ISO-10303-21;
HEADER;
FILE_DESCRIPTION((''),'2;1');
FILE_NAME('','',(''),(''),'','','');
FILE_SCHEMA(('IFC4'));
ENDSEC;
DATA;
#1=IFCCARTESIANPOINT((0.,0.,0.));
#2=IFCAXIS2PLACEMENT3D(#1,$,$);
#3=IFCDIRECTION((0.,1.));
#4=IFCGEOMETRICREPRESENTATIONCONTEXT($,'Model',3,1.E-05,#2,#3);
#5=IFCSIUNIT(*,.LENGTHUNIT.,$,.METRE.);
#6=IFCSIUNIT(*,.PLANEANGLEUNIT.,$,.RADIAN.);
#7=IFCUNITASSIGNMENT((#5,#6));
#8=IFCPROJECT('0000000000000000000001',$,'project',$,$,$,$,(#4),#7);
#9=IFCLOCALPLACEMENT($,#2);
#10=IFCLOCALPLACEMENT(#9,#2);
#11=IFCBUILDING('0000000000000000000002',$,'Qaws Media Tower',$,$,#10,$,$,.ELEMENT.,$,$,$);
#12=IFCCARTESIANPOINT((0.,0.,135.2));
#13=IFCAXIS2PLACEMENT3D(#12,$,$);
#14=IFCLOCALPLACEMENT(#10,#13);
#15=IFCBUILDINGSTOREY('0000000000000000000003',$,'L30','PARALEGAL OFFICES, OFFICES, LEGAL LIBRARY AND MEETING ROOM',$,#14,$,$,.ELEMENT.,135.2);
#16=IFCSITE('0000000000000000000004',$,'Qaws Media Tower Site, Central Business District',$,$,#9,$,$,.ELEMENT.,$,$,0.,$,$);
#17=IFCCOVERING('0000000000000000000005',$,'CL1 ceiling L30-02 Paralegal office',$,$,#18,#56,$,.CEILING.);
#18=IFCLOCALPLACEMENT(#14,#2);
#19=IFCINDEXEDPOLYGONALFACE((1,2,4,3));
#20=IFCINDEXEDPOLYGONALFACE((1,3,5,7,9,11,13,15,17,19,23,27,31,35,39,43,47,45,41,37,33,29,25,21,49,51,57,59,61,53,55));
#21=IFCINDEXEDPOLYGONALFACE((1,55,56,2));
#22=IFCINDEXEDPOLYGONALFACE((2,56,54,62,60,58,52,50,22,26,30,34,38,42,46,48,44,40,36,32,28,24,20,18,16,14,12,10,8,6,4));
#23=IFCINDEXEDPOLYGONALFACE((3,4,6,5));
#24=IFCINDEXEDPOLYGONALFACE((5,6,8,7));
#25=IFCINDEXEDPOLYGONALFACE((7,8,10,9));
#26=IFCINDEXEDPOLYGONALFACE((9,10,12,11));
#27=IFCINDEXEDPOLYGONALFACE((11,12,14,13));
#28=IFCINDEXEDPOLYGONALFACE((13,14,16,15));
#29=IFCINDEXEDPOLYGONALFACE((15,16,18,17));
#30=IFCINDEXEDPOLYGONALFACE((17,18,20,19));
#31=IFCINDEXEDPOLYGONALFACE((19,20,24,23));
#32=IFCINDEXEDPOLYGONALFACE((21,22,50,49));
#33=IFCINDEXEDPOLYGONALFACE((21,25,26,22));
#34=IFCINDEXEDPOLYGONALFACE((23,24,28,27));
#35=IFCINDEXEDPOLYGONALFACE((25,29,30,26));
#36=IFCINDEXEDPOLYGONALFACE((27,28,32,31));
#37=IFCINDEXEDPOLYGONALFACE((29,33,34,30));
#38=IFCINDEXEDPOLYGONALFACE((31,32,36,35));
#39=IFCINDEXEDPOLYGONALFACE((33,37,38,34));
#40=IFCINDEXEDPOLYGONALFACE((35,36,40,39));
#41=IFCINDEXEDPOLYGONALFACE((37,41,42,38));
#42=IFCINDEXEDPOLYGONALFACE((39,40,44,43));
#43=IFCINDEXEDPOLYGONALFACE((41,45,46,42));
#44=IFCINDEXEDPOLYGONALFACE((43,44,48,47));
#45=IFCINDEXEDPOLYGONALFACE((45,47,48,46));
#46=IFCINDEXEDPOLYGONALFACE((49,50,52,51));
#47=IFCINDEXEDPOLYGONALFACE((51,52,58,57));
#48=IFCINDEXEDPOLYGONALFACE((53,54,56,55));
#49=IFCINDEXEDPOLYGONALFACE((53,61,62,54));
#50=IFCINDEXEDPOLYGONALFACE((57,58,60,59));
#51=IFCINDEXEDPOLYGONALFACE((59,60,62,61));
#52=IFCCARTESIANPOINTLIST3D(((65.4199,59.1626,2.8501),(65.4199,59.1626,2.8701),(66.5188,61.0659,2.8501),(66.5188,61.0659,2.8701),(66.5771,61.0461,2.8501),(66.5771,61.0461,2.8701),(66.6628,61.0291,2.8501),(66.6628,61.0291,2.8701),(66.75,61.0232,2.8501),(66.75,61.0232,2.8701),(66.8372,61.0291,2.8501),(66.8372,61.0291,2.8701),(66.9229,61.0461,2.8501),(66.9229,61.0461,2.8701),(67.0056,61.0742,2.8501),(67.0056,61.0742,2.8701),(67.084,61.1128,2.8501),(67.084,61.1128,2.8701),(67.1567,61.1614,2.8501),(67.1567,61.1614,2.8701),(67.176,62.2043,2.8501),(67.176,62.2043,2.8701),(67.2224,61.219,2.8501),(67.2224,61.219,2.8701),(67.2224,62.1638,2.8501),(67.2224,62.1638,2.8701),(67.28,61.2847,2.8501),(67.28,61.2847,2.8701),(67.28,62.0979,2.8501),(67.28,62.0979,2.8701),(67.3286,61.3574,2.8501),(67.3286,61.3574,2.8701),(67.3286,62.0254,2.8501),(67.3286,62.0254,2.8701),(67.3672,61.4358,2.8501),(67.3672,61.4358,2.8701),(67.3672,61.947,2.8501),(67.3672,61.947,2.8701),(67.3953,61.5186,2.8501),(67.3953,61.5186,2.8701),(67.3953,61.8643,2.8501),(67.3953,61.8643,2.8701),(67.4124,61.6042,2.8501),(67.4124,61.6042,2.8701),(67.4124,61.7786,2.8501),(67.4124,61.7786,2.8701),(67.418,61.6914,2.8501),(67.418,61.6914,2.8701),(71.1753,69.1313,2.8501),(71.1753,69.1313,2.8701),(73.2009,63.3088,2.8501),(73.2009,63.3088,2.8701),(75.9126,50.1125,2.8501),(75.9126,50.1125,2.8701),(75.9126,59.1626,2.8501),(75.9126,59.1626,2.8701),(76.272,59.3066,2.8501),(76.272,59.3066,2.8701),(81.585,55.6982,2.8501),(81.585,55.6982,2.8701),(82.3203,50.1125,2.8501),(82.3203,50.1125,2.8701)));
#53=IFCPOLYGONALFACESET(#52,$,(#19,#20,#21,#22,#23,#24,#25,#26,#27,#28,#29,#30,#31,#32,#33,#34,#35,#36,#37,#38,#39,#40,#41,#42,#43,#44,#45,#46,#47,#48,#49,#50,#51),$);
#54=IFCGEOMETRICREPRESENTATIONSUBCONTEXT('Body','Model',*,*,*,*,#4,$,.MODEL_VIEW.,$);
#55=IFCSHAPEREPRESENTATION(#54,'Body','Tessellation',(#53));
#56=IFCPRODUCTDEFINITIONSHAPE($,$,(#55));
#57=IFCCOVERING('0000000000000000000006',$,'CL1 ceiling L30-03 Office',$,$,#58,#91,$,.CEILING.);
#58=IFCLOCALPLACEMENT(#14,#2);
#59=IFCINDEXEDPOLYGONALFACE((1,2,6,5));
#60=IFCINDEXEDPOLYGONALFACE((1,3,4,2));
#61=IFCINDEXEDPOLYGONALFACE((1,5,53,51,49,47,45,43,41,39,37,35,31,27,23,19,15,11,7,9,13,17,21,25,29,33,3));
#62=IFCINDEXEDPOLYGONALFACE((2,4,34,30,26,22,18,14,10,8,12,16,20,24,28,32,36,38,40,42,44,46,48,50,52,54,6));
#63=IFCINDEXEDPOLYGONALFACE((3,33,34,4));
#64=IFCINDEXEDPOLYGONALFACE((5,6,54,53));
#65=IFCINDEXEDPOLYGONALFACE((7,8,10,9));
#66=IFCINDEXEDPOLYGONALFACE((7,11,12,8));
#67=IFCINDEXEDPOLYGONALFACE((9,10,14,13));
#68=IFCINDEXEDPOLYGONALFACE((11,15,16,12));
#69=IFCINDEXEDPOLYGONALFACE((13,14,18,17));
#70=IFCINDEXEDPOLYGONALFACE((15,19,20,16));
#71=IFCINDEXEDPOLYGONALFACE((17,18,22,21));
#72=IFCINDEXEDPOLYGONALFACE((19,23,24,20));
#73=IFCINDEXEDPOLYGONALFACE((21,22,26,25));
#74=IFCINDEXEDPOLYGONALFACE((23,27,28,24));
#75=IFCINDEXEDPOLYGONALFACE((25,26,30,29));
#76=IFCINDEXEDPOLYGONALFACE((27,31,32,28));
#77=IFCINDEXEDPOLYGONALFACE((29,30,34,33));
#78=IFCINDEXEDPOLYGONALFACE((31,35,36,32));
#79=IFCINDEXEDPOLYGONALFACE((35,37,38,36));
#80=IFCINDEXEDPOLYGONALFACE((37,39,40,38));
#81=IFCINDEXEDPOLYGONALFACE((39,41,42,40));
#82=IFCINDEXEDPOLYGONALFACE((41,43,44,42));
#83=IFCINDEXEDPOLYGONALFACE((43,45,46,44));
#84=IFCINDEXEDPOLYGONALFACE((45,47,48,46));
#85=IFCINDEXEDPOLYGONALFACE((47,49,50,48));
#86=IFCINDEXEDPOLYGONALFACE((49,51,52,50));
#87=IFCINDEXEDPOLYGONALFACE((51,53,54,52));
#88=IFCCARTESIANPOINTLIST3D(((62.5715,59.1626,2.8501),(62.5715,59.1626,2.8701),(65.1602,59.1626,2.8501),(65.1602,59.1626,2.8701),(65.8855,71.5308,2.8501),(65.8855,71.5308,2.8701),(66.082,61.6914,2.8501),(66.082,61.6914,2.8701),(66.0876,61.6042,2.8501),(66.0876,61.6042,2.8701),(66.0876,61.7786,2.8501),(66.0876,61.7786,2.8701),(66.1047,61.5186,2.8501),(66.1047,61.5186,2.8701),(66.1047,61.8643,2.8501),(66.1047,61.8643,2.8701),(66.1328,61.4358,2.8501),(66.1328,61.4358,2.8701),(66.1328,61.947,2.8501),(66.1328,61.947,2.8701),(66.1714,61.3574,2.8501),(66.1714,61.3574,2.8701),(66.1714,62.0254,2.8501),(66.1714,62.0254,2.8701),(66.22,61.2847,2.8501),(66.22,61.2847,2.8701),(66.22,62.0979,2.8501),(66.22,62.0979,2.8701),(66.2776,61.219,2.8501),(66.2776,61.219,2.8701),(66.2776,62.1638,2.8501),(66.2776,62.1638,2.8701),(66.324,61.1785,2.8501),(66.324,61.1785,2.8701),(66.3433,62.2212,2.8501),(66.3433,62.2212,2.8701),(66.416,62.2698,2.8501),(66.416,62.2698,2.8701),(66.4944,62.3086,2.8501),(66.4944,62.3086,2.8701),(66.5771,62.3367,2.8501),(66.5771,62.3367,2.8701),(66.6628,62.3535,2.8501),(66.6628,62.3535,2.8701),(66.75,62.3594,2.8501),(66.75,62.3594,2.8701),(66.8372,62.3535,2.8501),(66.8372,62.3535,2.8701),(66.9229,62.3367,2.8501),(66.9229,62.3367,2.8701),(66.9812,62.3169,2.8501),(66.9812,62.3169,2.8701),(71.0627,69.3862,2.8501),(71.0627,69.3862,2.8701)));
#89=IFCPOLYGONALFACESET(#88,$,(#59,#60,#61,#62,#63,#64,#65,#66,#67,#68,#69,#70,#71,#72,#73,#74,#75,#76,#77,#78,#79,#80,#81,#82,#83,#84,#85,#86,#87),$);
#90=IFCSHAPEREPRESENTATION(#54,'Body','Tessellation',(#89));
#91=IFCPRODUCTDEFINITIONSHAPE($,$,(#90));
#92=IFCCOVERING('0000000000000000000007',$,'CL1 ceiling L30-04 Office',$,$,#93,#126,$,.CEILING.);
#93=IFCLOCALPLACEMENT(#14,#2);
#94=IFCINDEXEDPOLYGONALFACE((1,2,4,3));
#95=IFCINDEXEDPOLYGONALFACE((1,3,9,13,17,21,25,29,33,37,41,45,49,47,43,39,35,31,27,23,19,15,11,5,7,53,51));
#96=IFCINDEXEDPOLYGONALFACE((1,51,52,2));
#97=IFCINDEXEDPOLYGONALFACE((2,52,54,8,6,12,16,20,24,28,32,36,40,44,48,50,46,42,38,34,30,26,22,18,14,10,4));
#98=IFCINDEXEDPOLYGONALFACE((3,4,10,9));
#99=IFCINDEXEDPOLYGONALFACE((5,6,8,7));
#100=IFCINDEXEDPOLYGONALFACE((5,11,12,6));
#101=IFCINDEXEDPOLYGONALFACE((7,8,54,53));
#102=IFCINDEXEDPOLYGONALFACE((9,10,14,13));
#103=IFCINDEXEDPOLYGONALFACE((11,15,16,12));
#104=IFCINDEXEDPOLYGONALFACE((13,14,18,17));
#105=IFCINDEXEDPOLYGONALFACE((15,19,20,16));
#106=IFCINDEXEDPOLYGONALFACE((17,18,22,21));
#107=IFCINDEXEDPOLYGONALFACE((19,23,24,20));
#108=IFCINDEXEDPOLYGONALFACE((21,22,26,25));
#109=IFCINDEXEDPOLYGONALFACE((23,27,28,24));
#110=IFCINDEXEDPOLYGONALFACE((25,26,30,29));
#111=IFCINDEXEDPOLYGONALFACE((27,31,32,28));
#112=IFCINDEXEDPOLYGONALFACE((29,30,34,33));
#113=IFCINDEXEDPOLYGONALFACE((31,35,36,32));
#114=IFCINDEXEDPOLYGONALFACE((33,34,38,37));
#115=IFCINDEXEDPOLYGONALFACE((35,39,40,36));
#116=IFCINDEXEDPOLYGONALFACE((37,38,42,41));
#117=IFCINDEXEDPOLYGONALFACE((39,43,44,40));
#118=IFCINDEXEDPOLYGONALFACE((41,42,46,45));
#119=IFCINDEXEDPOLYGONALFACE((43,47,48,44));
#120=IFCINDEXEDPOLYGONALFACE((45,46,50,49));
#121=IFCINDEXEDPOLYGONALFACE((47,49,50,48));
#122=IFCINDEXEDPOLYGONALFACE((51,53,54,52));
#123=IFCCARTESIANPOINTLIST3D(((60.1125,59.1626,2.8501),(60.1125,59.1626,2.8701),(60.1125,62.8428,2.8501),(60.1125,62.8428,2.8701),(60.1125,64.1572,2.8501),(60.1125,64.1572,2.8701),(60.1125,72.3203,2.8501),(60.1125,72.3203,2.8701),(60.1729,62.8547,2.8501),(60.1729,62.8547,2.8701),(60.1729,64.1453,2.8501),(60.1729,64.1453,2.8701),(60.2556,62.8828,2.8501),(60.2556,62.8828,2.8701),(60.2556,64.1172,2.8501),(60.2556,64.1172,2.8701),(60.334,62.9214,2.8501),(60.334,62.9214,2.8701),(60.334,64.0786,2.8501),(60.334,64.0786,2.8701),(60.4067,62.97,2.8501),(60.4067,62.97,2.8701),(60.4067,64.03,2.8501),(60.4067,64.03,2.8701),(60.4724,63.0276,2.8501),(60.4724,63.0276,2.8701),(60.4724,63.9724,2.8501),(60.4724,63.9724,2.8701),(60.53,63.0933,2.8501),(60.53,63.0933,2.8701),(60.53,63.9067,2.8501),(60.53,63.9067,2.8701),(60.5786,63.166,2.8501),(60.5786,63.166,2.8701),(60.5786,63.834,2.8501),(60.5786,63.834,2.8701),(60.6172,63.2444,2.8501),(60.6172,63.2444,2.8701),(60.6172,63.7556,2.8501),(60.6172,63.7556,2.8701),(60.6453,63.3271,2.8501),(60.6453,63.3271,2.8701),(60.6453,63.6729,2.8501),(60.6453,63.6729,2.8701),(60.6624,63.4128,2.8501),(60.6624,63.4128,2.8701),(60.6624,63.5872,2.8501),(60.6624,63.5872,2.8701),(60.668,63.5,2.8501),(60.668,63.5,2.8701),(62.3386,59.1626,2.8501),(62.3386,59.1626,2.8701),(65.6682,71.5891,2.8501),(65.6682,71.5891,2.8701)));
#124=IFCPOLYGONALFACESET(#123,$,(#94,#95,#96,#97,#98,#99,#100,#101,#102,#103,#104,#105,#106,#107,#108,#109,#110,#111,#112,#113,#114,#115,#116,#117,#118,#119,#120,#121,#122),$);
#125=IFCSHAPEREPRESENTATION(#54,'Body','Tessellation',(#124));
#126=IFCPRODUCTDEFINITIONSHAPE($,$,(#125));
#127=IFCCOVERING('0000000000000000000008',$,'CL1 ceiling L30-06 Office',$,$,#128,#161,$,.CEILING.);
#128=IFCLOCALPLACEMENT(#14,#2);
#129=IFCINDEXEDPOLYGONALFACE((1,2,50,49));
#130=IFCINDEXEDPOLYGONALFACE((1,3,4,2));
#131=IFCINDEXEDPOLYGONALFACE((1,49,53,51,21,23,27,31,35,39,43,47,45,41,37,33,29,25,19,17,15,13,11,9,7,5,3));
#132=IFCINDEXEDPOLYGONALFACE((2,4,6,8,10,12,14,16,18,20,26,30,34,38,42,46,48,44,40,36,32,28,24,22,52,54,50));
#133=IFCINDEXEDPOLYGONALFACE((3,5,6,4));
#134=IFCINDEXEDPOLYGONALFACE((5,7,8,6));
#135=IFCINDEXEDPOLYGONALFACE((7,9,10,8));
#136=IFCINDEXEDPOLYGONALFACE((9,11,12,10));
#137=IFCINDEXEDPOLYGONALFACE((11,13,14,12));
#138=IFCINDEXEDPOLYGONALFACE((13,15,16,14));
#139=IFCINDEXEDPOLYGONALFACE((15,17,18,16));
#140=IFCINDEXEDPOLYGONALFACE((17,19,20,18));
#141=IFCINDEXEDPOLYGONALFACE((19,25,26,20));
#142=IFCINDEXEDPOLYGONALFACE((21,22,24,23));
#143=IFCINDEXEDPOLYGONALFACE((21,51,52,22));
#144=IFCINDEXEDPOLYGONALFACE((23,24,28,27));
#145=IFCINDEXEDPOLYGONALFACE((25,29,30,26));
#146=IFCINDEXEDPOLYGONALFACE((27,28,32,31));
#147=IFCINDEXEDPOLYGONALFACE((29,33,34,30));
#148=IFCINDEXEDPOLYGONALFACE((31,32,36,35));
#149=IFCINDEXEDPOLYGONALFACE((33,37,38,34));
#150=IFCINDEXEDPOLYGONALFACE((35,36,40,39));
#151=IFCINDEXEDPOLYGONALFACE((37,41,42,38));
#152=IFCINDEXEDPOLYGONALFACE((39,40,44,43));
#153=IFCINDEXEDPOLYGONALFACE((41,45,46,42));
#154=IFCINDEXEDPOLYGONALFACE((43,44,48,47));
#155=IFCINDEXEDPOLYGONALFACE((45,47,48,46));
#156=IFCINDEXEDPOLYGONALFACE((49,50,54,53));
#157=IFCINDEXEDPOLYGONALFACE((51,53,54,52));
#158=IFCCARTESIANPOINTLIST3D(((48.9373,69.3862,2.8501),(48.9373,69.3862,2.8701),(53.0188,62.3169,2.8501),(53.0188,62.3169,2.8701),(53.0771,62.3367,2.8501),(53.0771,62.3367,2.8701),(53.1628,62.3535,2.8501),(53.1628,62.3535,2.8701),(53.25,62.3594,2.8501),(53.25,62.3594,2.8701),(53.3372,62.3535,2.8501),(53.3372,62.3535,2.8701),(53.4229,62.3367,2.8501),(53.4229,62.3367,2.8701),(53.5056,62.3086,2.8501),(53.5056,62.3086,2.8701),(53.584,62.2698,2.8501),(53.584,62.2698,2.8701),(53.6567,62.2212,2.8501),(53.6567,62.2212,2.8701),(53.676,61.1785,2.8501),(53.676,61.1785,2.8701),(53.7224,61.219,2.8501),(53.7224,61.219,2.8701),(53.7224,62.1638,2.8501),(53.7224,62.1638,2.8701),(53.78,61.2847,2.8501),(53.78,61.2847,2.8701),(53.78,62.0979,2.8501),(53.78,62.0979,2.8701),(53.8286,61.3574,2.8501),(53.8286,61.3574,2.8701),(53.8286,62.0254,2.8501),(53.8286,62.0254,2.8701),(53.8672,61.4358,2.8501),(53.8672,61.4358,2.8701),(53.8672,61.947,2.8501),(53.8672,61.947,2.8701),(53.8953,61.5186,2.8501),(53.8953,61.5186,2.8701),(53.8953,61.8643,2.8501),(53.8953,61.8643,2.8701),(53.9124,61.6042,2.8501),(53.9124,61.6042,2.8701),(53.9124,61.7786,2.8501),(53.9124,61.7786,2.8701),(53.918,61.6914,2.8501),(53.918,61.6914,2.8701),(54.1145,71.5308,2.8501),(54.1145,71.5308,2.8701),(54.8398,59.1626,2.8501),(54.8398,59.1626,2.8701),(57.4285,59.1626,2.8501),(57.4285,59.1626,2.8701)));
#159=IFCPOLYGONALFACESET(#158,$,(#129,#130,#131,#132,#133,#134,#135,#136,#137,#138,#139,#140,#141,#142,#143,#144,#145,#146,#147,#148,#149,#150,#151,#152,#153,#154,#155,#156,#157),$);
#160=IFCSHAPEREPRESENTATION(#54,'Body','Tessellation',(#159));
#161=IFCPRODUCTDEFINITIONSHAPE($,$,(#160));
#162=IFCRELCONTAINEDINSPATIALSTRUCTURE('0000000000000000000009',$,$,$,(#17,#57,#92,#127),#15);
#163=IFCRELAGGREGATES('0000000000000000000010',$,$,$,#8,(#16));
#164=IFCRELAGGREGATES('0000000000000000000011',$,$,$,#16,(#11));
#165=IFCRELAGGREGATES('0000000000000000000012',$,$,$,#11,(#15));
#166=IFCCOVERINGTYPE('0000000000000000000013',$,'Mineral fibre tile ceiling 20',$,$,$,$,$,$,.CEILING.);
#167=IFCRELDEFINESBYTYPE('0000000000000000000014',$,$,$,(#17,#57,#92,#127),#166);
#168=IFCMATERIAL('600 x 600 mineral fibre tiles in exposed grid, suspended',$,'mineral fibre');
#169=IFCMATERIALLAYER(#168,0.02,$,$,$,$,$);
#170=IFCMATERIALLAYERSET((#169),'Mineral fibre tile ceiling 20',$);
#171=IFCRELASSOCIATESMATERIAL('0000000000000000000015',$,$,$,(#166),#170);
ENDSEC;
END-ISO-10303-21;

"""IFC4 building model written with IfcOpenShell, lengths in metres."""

from ifc_helpers import new_model, si_unit, direction, frame, origin, place, context, subcontext, project, spatial, polyline, outline, extrude, material, layer, layer_set, type_object, element, save


model = new_model("IFC4")

# Units and contexts
model_context = context("Model", 3, precision=1e-05, world=origin(), true_north=direction((0.0, 1.0)))
body_context = subcontext(model_context, "Body", "Model", "MODEL_VIEW")
ifc_project = project(units=[si_unit("LENGTHUNIT", "METRE"), si_unit("PLANEANGLEUNIT", "RADIAN")], contexts=[model_context])

# Site, building, storey
site_placement = place(None, origin())
site = spatial("IfcSite", under=ifc_project, at=site_placement, Name="Qaws Media Tower Site, Central Business District", CompositionType="ELEMENT", RefElevation=0.0)
building_placement = place(site_placement, origin())
building = spatial("IfcBuilding", under=site, at=building_placement, Name="Qaws Media Tower", CompositionType="ELEMENT")
storey_placement = place(building_placement, frame((0.0, 0.0, 135.2)))
storey = spatial("IfcBuildingStorey", under=building, at=storey_placement, Name="L30", Description="PARALEGAL OFFICES, OFFICES, LEGAL LIBRARY AND MEETING ROOM", CompositionType="ELEMENT", Elevation=135.2)

# Coverings
ifc_material_1 = material(Name="600 x 600 mineral fibre tiles in exposed grid, suspended", Category="mineral fibre")
ifc_layer_1 = layer(ifc_material_1, 0.02)
ifc_layer_set_1 = layer_set([ifc_layer_1], Name="Mineral fibre tile ceiling 20")
covering_type_1 = type_object("IfcCoveringType", Name="Mineral fibre tile ceiling 20", PredefinedType="CEILING", material=ifc_layer_set_1)
covering_1_placement = place(storey_placement, frame((0.0, 0.0, 2.8501)))
element("IfcCovering", 1, at=covering_1_placement, inside=storey, type_object=covering_type_1, Name="CL1 ceiling L30-02 Paralegal office", PredefinedType="CEILING", context=body_context, shape_type="SweptSolid", body=[
    extrude(outline(polyline([(73.2009, 63.3088), (76.272, 59.3066), (81.585, 55.6982), (82.3203, 50.1125), (75.9126, 50.1125), (75.9126, 59.1626), (65.4199, 59.1626), (66.5188, 61.0659), (66.5771, 61.0461), (66.6628, 61.0291), (66.75, 61.0232), (66.8372, 61.0291), (66.9229, 61.0461), (67.0056, 61.0742), (67.084, 61.1128), (67.1567, 61.1614), (67.2224, 61.219), (67.28, 61.2847), (67.3286, 61.3574), (67.3672, 61.4358), (67.3953, 61.5186), (67.4124, 61.6042), (67.418, 61.6914), (67.4124, 61.7786), (67.3953, 61.8643), (67.3672, 61.947), (67.3286, 62.0254), (67.28, 62.0979), (67.2224, 62.1638), (67.176, 62.2043), (71.1753, 69.1313), (73.2009, 63.3088)])), origin(), (0.0, 0.0, 1.0), 0.02),
])
covering_2_placement = place(storey_placement, frame((0.0, 0.0, 2.8501)))
element("IfcCovering", 2, at=covering_2_placement, inside=storey, type_object=covering_type_1, Name="CL1 ceiling L30-03 Office", PredefinedType="CEILING", context=body_context, shape_type="SweptSolid", body=[
    extrude(outline(polyline([(71.0627, 69.3862), (66.9812, 62.3169), (66.9229, 62.3367), (66.8372, 62.3535), (66.75, 62.3594), (66.6628, 62.3535), (66.5771, 62.3367), (66.4944, 62.3086), (66.416, 62.2698), (66.3433, 62.2212), (66.2776, 62.1638), (66.22, 62.0979), (66.1714, 62.0254), (66.1328, 61.947), (66.1047, 61.8643), (66.0876, 61.7786), (66.082, 61.6914), (66.0876, 61.6042), (66.1047, 61.5186), (66.1328, 61.4358), (66.1714, 61.3574), (66.22, 61.2847), (66.2776, 61.219), (66.324, 61.1785), (65.1602, 59.1626), (62.5715, 59.1626), (65.8855, 71.5308), (71.0627, 69.3862)])), origin(), (0.0, 0.0, 1.0), 0.02),
])
covering_3_placement = place(storey_placement, frame((0.0, 0.0, 2.8501)))
element("IfcCovering", 3, at=covering_3_placement, inside=storey, type_object=covering_type_1, Name="CL1 ceiling L30-04 Office", PredefinedType="CEILING", context=body_context, shape_type="SweptSolid", body=[
    extrude(outline(polyline([(65.6682, 71.5891), (62.3386, 59.1626), (60.1125, 59.1626), (60.1125, 62.8428), (60.1729, 62.8547), (60.2556, 62.8828), (60.334, 62.9214), (60.4067, 62.97), (60.4724, 63.0276), (60.53, 63.0933), (60.5786, 63.166), (60.6172, 63.2444), (60.6453, 63.3271), (60.6624, 63.4128), (60.668, 63.5), (60.6624, 63.5872), (60.6453, 63.6729), (60.6172, 63.7556), (60.5786, 63.834), (60.53, 63.9067), (60.4724, 63.9724), (60.4067, 64.03), (60.334, 64.0786), (60.2556, 64.1172), (60.1729, 64.1453), (60.1125, 64.1572), (60.1125, 72.3203), (65.6682, 71.5891)])), origin(), (0.0, 0.0, 1.0), 0.02),
])
covering_4_placement = place(storey_placement, frame((0.0, 0.0, 2.8501)))
element("IfcCovering", 4, at=covering_4_placement, inside=storey, type_object=covering_type_1, Name="CL1 ceiling L30-06 Office", PredefinedType="CEILING", context=body_context, shape_type="SweptSolid", body=[
    extrude(outline(polyline([(54.1145, 71.5308), (57.4285, 59.1626), (54.8398, 59.1626), (53.676, 61.1785), (53.7224, 61.219), (53.78, 61.2847), (53.8286, 61.3574), (53.8672, 61.4358), (53.8953, 61.5186), (53.9124, 61.6042), (53.918, 61.6914), (53.9124, 61.7786), (53.8953, 61.8643), (53.8672, 61.947), (53.8286, 62.0254), (53.78, 62.0979), (53.7224, 62.1638), (53.6567, 62.2212), (53.584, 62.2698), (53.5056, 62.3086), (53.4229, 62.3367), (53.3372, 62.3535), (53.25, 62.3594), (53.1628, 62.3535), (53.0771, 62.3367), (53.0188, 62.3169), (48.9373, 69.3862), (54.1145, 71.5308)])), origin(), (0.0, 0.0, 1.0), 0.02),
])

save(model, "model.ifc")
